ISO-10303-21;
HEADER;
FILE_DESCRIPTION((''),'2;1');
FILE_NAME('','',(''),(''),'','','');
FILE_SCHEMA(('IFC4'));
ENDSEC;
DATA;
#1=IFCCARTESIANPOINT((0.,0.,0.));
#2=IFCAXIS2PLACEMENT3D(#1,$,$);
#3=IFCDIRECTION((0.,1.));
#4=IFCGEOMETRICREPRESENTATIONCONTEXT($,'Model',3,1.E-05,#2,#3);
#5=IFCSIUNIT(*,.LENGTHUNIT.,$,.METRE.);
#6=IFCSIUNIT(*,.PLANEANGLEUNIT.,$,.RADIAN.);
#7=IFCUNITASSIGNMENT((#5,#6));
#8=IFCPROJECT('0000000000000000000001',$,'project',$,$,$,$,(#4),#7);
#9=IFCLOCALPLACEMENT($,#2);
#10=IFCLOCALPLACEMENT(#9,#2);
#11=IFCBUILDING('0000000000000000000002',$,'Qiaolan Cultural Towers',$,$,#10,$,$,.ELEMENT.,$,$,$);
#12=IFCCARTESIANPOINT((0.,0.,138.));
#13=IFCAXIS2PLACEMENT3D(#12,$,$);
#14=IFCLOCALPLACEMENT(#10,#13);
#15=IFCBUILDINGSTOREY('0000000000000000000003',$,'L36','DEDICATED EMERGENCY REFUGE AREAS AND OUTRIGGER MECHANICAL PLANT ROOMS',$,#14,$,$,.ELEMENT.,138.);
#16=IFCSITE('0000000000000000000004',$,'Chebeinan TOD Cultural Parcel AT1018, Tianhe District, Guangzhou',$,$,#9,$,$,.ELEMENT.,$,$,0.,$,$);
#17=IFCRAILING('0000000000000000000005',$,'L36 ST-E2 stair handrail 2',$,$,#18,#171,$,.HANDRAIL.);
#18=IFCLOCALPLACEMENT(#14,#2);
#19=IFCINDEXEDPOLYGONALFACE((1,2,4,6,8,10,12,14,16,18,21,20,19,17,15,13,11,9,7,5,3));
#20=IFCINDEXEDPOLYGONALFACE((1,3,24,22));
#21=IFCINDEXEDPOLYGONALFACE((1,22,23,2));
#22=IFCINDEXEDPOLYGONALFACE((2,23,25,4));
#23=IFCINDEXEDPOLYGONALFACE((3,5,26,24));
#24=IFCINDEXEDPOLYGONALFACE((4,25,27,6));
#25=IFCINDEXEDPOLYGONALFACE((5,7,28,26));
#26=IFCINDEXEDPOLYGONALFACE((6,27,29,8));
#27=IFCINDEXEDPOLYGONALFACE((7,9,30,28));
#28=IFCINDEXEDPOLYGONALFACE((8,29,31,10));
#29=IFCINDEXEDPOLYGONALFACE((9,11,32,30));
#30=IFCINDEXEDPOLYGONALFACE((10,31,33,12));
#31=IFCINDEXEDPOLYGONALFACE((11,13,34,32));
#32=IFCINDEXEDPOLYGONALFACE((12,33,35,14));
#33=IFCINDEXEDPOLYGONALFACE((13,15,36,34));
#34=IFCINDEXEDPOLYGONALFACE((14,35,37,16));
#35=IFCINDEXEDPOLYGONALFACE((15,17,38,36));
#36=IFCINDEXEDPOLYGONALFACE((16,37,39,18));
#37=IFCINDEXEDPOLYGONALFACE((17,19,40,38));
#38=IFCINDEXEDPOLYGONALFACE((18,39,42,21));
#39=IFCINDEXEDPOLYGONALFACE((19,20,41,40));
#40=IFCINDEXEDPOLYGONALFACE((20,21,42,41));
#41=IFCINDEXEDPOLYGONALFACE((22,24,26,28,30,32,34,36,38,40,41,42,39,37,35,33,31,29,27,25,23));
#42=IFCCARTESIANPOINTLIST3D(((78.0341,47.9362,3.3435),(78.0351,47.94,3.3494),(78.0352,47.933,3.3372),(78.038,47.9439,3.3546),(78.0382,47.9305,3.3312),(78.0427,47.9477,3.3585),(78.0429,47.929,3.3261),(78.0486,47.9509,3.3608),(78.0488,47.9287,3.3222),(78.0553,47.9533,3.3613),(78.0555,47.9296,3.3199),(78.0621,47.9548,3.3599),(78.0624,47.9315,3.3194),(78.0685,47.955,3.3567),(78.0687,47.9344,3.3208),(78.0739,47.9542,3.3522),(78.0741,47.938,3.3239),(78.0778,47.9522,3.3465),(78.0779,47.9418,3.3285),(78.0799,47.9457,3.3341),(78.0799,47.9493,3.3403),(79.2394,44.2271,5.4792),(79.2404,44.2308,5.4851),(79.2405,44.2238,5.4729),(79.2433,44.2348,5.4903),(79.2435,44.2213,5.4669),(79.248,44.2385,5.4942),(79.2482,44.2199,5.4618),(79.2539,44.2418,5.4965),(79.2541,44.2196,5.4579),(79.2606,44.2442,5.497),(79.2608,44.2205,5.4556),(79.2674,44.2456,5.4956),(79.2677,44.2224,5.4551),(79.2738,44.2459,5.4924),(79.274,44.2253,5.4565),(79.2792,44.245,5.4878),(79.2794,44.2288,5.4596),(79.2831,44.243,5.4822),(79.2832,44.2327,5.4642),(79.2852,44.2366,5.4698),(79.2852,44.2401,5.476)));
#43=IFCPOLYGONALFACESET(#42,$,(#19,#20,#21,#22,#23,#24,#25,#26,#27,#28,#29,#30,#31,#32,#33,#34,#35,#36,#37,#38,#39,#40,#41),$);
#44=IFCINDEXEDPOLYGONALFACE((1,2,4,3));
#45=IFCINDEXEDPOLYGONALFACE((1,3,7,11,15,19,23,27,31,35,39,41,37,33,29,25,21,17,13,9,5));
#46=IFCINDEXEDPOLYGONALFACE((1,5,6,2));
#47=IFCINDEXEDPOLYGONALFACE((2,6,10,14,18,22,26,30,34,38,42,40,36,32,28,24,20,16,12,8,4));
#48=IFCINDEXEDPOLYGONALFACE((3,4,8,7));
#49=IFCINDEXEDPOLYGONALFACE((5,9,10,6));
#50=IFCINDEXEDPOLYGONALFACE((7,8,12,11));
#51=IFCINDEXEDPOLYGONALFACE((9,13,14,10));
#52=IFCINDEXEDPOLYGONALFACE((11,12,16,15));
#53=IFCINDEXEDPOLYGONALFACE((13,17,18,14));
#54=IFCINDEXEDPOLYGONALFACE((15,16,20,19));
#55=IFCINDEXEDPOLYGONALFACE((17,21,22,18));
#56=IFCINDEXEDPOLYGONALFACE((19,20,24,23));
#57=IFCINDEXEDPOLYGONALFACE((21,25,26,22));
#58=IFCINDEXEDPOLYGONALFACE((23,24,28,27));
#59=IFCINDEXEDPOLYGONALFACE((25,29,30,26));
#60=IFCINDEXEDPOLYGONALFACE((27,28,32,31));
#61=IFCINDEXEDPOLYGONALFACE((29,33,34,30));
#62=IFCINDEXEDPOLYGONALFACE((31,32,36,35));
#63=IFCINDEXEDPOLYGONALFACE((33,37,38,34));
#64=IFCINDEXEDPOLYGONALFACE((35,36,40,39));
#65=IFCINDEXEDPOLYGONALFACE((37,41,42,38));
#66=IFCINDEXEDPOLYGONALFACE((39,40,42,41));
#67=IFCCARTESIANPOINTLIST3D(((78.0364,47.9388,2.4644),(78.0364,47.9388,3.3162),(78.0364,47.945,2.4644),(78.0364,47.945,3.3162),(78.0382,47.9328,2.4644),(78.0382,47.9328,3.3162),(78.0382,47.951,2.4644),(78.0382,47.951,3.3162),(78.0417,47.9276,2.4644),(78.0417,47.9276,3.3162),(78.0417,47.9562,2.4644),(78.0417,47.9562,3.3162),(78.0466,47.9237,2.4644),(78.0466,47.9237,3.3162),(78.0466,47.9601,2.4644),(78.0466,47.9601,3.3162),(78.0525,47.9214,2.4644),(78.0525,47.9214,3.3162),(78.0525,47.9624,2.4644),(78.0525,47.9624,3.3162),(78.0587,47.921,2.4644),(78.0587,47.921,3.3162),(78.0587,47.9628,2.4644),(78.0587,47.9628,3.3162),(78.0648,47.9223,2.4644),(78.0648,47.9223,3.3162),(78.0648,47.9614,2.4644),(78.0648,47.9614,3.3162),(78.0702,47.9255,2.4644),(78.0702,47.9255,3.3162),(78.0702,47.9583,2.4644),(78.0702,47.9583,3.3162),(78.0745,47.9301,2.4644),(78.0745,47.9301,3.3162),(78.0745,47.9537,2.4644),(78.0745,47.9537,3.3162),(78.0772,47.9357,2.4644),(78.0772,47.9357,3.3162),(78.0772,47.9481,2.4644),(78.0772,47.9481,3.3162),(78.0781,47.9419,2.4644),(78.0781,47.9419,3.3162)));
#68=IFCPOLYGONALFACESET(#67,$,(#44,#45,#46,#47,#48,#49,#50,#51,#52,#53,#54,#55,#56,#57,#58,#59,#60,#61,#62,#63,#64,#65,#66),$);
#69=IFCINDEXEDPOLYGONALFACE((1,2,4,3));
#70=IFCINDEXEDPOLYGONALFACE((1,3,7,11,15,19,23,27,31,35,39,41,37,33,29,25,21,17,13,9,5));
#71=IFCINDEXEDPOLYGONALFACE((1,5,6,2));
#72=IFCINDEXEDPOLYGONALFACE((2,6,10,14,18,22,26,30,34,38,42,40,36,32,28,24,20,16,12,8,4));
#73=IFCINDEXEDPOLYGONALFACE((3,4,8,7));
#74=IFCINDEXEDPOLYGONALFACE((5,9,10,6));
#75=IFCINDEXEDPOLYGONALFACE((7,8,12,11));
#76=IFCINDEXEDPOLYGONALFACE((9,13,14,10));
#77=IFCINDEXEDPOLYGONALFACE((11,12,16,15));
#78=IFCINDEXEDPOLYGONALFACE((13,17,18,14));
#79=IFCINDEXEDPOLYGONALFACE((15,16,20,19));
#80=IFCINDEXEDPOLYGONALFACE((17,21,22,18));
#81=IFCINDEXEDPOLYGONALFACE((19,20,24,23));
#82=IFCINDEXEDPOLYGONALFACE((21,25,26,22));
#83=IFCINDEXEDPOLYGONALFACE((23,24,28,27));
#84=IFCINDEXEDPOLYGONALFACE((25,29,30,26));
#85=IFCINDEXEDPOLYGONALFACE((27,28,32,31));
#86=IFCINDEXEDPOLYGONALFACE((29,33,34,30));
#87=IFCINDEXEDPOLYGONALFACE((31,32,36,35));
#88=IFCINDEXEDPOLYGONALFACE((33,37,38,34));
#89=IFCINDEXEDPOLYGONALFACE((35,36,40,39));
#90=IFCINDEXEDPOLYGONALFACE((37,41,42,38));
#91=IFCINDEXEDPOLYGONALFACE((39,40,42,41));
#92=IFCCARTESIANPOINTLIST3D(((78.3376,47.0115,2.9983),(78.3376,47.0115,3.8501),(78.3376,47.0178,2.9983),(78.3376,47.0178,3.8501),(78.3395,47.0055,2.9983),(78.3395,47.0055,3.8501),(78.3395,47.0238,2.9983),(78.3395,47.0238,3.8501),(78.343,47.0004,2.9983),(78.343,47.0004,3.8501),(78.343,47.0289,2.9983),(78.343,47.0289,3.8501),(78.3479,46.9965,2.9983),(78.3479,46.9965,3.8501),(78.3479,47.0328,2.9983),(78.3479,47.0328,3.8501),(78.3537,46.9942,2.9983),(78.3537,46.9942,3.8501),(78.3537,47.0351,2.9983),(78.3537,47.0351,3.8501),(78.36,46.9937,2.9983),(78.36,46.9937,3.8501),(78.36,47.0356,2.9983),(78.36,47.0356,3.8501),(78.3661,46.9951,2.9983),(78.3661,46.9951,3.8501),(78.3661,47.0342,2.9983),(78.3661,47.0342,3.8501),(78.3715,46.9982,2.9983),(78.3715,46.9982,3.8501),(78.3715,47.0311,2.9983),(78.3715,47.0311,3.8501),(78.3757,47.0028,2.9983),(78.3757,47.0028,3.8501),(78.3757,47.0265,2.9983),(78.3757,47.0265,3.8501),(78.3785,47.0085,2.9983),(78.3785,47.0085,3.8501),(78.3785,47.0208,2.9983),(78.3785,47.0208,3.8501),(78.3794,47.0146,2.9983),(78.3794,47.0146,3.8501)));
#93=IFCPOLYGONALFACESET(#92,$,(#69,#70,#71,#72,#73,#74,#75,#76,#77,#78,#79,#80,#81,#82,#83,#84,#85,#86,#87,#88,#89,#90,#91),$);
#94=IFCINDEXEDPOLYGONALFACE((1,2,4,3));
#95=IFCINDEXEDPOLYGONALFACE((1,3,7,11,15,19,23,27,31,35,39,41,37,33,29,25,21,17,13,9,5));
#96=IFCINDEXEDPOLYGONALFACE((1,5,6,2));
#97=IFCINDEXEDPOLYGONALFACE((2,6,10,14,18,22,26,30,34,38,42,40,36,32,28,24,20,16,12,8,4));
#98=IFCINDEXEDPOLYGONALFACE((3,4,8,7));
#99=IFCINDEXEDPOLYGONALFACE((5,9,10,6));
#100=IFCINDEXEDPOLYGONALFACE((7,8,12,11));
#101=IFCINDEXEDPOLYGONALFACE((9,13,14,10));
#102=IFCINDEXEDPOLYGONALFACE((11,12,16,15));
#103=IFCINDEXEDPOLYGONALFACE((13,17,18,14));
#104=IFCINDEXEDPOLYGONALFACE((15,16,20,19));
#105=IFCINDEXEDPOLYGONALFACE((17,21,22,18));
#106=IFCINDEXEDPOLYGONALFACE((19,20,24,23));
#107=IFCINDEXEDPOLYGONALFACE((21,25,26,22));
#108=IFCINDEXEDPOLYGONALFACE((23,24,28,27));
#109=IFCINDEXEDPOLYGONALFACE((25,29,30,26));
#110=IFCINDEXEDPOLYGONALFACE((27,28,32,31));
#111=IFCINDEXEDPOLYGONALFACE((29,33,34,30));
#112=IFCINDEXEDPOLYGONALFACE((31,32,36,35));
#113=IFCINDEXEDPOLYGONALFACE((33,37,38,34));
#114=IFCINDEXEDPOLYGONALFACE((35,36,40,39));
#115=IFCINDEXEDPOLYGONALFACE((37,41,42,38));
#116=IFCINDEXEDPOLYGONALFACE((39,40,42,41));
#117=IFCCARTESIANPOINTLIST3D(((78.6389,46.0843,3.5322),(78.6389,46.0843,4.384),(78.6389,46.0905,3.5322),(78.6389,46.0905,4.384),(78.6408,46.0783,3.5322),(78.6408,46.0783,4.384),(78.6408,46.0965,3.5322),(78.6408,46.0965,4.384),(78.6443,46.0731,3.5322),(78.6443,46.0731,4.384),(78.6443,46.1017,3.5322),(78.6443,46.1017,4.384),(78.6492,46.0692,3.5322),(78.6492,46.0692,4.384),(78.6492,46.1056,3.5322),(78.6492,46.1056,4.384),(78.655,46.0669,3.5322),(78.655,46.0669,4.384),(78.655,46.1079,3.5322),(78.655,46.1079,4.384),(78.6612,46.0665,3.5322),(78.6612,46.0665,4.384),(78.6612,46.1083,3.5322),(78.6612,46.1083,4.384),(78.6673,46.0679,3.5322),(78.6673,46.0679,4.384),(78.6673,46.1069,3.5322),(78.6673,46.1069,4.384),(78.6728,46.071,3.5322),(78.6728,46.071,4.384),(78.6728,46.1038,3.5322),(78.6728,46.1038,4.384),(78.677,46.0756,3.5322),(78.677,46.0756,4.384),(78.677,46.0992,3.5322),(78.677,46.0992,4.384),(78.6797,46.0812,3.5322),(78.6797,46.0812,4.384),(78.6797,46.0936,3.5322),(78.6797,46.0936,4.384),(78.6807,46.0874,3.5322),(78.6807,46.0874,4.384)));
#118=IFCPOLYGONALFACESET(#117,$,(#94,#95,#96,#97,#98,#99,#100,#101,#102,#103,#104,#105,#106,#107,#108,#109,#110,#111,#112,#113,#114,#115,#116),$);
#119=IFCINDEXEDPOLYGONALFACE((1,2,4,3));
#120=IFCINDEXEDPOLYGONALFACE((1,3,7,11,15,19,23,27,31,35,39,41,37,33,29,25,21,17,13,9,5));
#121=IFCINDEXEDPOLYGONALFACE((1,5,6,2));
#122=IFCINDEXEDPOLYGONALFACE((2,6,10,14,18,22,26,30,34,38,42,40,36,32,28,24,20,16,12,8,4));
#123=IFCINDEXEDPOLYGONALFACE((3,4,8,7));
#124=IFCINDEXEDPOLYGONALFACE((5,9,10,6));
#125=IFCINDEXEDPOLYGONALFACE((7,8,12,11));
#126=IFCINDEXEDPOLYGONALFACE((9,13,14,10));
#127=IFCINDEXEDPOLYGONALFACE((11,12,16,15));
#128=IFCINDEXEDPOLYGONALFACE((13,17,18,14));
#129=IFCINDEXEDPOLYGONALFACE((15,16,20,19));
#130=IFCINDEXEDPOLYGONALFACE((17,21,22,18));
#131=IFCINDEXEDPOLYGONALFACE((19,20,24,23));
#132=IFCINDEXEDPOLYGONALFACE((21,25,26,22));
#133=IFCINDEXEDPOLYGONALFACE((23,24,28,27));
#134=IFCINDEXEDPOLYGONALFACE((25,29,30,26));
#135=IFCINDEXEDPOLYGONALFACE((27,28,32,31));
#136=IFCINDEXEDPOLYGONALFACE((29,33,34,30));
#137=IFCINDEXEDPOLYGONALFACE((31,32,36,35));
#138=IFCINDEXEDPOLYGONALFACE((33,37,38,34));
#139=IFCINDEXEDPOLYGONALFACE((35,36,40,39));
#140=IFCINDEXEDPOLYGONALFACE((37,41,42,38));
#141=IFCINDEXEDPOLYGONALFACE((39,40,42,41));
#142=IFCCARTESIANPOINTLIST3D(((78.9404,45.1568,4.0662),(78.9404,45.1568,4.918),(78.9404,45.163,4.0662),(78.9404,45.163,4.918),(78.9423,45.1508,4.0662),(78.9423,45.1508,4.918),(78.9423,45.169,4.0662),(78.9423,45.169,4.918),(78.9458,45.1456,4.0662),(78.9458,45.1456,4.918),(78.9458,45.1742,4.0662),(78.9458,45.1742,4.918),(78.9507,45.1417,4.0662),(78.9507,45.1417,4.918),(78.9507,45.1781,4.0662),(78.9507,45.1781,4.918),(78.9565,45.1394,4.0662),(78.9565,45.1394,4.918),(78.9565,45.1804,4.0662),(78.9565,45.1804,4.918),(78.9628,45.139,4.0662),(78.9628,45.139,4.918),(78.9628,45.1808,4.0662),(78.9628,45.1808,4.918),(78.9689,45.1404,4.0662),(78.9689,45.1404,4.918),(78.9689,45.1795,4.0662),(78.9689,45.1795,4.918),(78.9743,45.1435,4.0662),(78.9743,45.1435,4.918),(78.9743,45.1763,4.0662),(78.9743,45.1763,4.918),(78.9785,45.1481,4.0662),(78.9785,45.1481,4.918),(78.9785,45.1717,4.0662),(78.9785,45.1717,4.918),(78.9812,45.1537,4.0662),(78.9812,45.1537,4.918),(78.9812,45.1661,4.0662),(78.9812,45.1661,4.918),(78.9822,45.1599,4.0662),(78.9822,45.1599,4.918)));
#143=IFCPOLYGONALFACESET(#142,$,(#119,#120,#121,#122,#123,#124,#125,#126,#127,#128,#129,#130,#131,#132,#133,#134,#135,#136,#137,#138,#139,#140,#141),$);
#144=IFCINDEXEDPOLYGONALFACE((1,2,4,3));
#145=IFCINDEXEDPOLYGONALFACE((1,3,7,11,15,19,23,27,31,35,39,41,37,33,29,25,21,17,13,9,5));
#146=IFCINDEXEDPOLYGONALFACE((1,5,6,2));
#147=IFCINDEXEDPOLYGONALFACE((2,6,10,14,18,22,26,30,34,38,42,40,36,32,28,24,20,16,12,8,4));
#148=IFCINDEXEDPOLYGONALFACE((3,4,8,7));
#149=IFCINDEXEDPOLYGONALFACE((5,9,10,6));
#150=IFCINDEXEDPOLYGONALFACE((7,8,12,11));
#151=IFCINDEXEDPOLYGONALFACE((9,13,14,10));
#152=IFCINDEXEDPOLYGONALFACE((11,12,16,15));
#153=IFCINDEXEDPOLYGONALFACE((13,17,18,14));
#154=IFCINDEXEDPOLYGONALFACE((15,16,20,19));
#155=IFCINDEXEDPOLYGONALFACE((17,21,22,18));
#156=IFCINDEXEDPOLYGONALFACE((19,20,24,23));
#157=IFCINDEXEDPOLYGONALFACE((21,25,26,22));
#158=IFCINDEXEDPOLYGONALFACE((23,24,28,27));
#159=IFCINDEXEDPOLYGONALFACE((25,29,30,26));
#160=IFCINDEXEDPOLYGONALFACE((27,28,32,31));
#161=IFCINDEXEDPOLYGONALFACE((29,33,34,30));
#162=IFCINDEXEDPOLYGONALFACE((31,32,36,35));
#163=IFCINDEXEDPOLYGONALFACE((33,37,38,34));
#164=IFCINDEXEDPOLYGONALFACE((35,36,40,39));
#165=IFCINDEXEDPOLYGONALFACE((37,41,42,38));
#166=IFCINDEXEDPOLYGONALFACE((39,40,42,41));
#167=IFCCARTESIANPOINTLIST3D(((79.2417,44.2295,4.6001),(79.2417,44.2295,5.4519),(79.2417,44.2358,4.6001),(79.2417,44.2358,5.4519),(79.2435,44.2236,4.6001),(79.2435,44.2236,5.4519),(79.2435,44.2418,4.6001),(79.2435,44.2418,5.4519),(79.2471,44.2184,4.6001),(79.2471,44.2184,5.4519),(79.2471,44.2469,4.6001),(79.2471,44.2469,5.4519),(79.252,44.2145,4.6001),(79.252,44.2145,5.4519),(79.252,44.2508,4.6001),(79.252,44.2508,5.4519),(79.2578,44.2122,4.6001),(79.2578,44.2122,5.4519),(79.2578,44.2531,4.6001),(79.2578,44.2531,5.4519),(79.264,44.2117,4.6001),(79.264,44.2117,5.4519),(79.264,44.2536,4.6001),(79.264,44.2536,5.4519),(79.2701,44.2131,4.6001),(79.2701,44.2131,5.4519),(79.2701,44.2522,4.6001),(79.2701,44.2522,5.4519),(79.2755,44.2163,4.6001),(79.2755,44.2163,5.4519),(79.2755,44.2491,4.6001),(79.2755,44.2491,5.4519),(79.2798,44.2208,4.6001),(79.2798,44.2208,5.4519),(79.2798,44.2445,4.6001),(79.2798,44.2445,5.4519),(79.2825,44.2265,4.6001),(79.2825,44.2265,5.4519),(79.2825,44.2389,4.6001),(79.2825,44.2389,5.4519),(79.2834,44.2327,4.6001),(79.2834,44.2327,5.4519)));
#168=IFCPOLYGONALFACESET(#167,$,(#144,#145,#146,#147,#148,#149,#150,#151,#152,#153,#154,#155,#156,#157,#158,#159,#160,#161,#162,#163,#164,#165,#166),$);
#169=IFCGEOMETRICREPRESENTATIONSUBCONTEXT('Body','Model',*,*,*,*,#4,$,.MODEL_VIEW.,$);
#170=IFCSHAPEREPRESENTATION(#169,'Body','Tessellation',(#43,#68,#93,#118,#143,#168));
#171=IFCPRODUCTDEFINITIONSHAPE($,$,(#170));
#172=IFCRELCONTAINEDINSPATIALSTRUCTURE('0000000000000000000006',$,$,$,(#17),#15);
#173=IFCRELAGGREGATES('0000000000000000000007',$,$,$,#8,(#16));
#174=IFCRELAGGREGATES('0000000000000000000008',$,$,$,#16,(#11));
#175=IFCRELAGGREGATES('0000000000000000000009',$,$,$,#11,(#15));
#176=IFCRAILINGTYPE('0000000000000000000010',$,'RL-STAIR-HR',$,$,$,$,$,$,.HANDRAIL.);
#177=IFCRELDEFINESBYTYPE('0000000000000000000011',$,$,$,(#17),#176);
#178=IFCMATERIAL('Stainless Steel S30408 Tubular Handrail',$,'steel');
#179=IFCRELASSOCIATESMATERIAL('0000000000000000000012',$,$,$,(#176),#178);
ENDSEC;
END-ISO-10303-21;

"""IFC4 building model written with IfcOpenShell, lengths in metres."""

from ifc_helpers import new_model, si_unit, direction, frame, origin, origin_2d, place, context, subcontext, project, spatial, circle, extrude, material, type_object, element, save


model = new_model("IFC4")

# Units and contexts
model_context = context("Model", 3, precision=1e-05, world=origin(), true_north=direction((0.0, 1.0)))
body_context = subcontext(model_context, "Body", "Model", "MODEL_VIEW")
ifc_project = project(units=[si_unit("LENGTHUNIT", "METRE"), si_unit("PLANEANGLEUNIT", "RADIAN")], contexts=[model_context])

# Site, building, storey
site_placement = place(None, origin())
site = spatial("IfcSite", under=ifc_project, at=site_placement, Name="Chebeinan TOD Cultural Parcel AT1018, Tianhe District, Guangzhou", CompositionType="ELEMENT", RefElevation=0.0)
building_placement = place(site_placement, origin())
building = spatial("IfcBuilding", under=site, at=building_placement, Name="Qiaolan Cultural Towers", CompositionType="ELEMENT")
storey_placement = place(building_placement, frame((0.0, 0.0, 138.0)))
storey = spatial("IfcBuildingStorey", under=building, at=storey_placement, Name="L36", Description="DEDICATED EMERGENCY REFUGE AREAS AND OUTRIGGER MECHANICAL PLANT ROOMS", CompositionType="ELEMENT", Elevation=138.0)

# Railing
ifc_material_1 = material(Name="Stainless Steel S30408 Tubular Handrail", Category="steel")
railing_type = type_object("IfcRailingType", Name="RL-STAIR-HR", PredefinedType="HANDRAIL", material=ifc_material_1)
railing_placement = place(storey_placement, frame((78.0571, 47.9419, 2.4644)))
element("IfcRailing", 1, at=railing_placement, inside=storey, type_object=railing_type, Name="L36 ST-E2 stair handrail 2", PredefinedType="HANDRAIL", context=body_context, shape_type="SweptSolid", body=[
    extrude(circle(Radius=0.0239, at=origin_2d()), frame((0.0, 0.0, 0.876), z_axis=(0.271064, -0.834165, 0.480305), x_axis=(0.951047, 0.309045, 0.0)), (0.0, 0.0, 1.0), 4.4465),
    extrude(circle(Radius=0.021, at=origin_2d()), origin(), (0.0, 0.0, 1.0), 0.8518),
    extrude(circle(Radius=0.021, at=origin_2d()), frame((0.3013, -0.9272, 0.5339)), (0.0, 0.0, 1.0), 0.8518),
    extrude(circle(Radius=0.021, at=origin_2d()), frame((0.6025, -1.8545, 1.0679)), (0.0, 0.0, 1.0), 0.8518),
    extrude(circle(Radius=0.021, at=origin_2d()), frame((0.9041, -2.782, 1.6018)), (0.0, 0.0, 1.0), 0.8518),
    extrude(circle(Radius=0.021, at=origin_2d()), frame((1.2053, -3.7092, 2.1357)), (0.0, 0.0, 1.0), 0.8518),
])

save(model, "model.ifc")
